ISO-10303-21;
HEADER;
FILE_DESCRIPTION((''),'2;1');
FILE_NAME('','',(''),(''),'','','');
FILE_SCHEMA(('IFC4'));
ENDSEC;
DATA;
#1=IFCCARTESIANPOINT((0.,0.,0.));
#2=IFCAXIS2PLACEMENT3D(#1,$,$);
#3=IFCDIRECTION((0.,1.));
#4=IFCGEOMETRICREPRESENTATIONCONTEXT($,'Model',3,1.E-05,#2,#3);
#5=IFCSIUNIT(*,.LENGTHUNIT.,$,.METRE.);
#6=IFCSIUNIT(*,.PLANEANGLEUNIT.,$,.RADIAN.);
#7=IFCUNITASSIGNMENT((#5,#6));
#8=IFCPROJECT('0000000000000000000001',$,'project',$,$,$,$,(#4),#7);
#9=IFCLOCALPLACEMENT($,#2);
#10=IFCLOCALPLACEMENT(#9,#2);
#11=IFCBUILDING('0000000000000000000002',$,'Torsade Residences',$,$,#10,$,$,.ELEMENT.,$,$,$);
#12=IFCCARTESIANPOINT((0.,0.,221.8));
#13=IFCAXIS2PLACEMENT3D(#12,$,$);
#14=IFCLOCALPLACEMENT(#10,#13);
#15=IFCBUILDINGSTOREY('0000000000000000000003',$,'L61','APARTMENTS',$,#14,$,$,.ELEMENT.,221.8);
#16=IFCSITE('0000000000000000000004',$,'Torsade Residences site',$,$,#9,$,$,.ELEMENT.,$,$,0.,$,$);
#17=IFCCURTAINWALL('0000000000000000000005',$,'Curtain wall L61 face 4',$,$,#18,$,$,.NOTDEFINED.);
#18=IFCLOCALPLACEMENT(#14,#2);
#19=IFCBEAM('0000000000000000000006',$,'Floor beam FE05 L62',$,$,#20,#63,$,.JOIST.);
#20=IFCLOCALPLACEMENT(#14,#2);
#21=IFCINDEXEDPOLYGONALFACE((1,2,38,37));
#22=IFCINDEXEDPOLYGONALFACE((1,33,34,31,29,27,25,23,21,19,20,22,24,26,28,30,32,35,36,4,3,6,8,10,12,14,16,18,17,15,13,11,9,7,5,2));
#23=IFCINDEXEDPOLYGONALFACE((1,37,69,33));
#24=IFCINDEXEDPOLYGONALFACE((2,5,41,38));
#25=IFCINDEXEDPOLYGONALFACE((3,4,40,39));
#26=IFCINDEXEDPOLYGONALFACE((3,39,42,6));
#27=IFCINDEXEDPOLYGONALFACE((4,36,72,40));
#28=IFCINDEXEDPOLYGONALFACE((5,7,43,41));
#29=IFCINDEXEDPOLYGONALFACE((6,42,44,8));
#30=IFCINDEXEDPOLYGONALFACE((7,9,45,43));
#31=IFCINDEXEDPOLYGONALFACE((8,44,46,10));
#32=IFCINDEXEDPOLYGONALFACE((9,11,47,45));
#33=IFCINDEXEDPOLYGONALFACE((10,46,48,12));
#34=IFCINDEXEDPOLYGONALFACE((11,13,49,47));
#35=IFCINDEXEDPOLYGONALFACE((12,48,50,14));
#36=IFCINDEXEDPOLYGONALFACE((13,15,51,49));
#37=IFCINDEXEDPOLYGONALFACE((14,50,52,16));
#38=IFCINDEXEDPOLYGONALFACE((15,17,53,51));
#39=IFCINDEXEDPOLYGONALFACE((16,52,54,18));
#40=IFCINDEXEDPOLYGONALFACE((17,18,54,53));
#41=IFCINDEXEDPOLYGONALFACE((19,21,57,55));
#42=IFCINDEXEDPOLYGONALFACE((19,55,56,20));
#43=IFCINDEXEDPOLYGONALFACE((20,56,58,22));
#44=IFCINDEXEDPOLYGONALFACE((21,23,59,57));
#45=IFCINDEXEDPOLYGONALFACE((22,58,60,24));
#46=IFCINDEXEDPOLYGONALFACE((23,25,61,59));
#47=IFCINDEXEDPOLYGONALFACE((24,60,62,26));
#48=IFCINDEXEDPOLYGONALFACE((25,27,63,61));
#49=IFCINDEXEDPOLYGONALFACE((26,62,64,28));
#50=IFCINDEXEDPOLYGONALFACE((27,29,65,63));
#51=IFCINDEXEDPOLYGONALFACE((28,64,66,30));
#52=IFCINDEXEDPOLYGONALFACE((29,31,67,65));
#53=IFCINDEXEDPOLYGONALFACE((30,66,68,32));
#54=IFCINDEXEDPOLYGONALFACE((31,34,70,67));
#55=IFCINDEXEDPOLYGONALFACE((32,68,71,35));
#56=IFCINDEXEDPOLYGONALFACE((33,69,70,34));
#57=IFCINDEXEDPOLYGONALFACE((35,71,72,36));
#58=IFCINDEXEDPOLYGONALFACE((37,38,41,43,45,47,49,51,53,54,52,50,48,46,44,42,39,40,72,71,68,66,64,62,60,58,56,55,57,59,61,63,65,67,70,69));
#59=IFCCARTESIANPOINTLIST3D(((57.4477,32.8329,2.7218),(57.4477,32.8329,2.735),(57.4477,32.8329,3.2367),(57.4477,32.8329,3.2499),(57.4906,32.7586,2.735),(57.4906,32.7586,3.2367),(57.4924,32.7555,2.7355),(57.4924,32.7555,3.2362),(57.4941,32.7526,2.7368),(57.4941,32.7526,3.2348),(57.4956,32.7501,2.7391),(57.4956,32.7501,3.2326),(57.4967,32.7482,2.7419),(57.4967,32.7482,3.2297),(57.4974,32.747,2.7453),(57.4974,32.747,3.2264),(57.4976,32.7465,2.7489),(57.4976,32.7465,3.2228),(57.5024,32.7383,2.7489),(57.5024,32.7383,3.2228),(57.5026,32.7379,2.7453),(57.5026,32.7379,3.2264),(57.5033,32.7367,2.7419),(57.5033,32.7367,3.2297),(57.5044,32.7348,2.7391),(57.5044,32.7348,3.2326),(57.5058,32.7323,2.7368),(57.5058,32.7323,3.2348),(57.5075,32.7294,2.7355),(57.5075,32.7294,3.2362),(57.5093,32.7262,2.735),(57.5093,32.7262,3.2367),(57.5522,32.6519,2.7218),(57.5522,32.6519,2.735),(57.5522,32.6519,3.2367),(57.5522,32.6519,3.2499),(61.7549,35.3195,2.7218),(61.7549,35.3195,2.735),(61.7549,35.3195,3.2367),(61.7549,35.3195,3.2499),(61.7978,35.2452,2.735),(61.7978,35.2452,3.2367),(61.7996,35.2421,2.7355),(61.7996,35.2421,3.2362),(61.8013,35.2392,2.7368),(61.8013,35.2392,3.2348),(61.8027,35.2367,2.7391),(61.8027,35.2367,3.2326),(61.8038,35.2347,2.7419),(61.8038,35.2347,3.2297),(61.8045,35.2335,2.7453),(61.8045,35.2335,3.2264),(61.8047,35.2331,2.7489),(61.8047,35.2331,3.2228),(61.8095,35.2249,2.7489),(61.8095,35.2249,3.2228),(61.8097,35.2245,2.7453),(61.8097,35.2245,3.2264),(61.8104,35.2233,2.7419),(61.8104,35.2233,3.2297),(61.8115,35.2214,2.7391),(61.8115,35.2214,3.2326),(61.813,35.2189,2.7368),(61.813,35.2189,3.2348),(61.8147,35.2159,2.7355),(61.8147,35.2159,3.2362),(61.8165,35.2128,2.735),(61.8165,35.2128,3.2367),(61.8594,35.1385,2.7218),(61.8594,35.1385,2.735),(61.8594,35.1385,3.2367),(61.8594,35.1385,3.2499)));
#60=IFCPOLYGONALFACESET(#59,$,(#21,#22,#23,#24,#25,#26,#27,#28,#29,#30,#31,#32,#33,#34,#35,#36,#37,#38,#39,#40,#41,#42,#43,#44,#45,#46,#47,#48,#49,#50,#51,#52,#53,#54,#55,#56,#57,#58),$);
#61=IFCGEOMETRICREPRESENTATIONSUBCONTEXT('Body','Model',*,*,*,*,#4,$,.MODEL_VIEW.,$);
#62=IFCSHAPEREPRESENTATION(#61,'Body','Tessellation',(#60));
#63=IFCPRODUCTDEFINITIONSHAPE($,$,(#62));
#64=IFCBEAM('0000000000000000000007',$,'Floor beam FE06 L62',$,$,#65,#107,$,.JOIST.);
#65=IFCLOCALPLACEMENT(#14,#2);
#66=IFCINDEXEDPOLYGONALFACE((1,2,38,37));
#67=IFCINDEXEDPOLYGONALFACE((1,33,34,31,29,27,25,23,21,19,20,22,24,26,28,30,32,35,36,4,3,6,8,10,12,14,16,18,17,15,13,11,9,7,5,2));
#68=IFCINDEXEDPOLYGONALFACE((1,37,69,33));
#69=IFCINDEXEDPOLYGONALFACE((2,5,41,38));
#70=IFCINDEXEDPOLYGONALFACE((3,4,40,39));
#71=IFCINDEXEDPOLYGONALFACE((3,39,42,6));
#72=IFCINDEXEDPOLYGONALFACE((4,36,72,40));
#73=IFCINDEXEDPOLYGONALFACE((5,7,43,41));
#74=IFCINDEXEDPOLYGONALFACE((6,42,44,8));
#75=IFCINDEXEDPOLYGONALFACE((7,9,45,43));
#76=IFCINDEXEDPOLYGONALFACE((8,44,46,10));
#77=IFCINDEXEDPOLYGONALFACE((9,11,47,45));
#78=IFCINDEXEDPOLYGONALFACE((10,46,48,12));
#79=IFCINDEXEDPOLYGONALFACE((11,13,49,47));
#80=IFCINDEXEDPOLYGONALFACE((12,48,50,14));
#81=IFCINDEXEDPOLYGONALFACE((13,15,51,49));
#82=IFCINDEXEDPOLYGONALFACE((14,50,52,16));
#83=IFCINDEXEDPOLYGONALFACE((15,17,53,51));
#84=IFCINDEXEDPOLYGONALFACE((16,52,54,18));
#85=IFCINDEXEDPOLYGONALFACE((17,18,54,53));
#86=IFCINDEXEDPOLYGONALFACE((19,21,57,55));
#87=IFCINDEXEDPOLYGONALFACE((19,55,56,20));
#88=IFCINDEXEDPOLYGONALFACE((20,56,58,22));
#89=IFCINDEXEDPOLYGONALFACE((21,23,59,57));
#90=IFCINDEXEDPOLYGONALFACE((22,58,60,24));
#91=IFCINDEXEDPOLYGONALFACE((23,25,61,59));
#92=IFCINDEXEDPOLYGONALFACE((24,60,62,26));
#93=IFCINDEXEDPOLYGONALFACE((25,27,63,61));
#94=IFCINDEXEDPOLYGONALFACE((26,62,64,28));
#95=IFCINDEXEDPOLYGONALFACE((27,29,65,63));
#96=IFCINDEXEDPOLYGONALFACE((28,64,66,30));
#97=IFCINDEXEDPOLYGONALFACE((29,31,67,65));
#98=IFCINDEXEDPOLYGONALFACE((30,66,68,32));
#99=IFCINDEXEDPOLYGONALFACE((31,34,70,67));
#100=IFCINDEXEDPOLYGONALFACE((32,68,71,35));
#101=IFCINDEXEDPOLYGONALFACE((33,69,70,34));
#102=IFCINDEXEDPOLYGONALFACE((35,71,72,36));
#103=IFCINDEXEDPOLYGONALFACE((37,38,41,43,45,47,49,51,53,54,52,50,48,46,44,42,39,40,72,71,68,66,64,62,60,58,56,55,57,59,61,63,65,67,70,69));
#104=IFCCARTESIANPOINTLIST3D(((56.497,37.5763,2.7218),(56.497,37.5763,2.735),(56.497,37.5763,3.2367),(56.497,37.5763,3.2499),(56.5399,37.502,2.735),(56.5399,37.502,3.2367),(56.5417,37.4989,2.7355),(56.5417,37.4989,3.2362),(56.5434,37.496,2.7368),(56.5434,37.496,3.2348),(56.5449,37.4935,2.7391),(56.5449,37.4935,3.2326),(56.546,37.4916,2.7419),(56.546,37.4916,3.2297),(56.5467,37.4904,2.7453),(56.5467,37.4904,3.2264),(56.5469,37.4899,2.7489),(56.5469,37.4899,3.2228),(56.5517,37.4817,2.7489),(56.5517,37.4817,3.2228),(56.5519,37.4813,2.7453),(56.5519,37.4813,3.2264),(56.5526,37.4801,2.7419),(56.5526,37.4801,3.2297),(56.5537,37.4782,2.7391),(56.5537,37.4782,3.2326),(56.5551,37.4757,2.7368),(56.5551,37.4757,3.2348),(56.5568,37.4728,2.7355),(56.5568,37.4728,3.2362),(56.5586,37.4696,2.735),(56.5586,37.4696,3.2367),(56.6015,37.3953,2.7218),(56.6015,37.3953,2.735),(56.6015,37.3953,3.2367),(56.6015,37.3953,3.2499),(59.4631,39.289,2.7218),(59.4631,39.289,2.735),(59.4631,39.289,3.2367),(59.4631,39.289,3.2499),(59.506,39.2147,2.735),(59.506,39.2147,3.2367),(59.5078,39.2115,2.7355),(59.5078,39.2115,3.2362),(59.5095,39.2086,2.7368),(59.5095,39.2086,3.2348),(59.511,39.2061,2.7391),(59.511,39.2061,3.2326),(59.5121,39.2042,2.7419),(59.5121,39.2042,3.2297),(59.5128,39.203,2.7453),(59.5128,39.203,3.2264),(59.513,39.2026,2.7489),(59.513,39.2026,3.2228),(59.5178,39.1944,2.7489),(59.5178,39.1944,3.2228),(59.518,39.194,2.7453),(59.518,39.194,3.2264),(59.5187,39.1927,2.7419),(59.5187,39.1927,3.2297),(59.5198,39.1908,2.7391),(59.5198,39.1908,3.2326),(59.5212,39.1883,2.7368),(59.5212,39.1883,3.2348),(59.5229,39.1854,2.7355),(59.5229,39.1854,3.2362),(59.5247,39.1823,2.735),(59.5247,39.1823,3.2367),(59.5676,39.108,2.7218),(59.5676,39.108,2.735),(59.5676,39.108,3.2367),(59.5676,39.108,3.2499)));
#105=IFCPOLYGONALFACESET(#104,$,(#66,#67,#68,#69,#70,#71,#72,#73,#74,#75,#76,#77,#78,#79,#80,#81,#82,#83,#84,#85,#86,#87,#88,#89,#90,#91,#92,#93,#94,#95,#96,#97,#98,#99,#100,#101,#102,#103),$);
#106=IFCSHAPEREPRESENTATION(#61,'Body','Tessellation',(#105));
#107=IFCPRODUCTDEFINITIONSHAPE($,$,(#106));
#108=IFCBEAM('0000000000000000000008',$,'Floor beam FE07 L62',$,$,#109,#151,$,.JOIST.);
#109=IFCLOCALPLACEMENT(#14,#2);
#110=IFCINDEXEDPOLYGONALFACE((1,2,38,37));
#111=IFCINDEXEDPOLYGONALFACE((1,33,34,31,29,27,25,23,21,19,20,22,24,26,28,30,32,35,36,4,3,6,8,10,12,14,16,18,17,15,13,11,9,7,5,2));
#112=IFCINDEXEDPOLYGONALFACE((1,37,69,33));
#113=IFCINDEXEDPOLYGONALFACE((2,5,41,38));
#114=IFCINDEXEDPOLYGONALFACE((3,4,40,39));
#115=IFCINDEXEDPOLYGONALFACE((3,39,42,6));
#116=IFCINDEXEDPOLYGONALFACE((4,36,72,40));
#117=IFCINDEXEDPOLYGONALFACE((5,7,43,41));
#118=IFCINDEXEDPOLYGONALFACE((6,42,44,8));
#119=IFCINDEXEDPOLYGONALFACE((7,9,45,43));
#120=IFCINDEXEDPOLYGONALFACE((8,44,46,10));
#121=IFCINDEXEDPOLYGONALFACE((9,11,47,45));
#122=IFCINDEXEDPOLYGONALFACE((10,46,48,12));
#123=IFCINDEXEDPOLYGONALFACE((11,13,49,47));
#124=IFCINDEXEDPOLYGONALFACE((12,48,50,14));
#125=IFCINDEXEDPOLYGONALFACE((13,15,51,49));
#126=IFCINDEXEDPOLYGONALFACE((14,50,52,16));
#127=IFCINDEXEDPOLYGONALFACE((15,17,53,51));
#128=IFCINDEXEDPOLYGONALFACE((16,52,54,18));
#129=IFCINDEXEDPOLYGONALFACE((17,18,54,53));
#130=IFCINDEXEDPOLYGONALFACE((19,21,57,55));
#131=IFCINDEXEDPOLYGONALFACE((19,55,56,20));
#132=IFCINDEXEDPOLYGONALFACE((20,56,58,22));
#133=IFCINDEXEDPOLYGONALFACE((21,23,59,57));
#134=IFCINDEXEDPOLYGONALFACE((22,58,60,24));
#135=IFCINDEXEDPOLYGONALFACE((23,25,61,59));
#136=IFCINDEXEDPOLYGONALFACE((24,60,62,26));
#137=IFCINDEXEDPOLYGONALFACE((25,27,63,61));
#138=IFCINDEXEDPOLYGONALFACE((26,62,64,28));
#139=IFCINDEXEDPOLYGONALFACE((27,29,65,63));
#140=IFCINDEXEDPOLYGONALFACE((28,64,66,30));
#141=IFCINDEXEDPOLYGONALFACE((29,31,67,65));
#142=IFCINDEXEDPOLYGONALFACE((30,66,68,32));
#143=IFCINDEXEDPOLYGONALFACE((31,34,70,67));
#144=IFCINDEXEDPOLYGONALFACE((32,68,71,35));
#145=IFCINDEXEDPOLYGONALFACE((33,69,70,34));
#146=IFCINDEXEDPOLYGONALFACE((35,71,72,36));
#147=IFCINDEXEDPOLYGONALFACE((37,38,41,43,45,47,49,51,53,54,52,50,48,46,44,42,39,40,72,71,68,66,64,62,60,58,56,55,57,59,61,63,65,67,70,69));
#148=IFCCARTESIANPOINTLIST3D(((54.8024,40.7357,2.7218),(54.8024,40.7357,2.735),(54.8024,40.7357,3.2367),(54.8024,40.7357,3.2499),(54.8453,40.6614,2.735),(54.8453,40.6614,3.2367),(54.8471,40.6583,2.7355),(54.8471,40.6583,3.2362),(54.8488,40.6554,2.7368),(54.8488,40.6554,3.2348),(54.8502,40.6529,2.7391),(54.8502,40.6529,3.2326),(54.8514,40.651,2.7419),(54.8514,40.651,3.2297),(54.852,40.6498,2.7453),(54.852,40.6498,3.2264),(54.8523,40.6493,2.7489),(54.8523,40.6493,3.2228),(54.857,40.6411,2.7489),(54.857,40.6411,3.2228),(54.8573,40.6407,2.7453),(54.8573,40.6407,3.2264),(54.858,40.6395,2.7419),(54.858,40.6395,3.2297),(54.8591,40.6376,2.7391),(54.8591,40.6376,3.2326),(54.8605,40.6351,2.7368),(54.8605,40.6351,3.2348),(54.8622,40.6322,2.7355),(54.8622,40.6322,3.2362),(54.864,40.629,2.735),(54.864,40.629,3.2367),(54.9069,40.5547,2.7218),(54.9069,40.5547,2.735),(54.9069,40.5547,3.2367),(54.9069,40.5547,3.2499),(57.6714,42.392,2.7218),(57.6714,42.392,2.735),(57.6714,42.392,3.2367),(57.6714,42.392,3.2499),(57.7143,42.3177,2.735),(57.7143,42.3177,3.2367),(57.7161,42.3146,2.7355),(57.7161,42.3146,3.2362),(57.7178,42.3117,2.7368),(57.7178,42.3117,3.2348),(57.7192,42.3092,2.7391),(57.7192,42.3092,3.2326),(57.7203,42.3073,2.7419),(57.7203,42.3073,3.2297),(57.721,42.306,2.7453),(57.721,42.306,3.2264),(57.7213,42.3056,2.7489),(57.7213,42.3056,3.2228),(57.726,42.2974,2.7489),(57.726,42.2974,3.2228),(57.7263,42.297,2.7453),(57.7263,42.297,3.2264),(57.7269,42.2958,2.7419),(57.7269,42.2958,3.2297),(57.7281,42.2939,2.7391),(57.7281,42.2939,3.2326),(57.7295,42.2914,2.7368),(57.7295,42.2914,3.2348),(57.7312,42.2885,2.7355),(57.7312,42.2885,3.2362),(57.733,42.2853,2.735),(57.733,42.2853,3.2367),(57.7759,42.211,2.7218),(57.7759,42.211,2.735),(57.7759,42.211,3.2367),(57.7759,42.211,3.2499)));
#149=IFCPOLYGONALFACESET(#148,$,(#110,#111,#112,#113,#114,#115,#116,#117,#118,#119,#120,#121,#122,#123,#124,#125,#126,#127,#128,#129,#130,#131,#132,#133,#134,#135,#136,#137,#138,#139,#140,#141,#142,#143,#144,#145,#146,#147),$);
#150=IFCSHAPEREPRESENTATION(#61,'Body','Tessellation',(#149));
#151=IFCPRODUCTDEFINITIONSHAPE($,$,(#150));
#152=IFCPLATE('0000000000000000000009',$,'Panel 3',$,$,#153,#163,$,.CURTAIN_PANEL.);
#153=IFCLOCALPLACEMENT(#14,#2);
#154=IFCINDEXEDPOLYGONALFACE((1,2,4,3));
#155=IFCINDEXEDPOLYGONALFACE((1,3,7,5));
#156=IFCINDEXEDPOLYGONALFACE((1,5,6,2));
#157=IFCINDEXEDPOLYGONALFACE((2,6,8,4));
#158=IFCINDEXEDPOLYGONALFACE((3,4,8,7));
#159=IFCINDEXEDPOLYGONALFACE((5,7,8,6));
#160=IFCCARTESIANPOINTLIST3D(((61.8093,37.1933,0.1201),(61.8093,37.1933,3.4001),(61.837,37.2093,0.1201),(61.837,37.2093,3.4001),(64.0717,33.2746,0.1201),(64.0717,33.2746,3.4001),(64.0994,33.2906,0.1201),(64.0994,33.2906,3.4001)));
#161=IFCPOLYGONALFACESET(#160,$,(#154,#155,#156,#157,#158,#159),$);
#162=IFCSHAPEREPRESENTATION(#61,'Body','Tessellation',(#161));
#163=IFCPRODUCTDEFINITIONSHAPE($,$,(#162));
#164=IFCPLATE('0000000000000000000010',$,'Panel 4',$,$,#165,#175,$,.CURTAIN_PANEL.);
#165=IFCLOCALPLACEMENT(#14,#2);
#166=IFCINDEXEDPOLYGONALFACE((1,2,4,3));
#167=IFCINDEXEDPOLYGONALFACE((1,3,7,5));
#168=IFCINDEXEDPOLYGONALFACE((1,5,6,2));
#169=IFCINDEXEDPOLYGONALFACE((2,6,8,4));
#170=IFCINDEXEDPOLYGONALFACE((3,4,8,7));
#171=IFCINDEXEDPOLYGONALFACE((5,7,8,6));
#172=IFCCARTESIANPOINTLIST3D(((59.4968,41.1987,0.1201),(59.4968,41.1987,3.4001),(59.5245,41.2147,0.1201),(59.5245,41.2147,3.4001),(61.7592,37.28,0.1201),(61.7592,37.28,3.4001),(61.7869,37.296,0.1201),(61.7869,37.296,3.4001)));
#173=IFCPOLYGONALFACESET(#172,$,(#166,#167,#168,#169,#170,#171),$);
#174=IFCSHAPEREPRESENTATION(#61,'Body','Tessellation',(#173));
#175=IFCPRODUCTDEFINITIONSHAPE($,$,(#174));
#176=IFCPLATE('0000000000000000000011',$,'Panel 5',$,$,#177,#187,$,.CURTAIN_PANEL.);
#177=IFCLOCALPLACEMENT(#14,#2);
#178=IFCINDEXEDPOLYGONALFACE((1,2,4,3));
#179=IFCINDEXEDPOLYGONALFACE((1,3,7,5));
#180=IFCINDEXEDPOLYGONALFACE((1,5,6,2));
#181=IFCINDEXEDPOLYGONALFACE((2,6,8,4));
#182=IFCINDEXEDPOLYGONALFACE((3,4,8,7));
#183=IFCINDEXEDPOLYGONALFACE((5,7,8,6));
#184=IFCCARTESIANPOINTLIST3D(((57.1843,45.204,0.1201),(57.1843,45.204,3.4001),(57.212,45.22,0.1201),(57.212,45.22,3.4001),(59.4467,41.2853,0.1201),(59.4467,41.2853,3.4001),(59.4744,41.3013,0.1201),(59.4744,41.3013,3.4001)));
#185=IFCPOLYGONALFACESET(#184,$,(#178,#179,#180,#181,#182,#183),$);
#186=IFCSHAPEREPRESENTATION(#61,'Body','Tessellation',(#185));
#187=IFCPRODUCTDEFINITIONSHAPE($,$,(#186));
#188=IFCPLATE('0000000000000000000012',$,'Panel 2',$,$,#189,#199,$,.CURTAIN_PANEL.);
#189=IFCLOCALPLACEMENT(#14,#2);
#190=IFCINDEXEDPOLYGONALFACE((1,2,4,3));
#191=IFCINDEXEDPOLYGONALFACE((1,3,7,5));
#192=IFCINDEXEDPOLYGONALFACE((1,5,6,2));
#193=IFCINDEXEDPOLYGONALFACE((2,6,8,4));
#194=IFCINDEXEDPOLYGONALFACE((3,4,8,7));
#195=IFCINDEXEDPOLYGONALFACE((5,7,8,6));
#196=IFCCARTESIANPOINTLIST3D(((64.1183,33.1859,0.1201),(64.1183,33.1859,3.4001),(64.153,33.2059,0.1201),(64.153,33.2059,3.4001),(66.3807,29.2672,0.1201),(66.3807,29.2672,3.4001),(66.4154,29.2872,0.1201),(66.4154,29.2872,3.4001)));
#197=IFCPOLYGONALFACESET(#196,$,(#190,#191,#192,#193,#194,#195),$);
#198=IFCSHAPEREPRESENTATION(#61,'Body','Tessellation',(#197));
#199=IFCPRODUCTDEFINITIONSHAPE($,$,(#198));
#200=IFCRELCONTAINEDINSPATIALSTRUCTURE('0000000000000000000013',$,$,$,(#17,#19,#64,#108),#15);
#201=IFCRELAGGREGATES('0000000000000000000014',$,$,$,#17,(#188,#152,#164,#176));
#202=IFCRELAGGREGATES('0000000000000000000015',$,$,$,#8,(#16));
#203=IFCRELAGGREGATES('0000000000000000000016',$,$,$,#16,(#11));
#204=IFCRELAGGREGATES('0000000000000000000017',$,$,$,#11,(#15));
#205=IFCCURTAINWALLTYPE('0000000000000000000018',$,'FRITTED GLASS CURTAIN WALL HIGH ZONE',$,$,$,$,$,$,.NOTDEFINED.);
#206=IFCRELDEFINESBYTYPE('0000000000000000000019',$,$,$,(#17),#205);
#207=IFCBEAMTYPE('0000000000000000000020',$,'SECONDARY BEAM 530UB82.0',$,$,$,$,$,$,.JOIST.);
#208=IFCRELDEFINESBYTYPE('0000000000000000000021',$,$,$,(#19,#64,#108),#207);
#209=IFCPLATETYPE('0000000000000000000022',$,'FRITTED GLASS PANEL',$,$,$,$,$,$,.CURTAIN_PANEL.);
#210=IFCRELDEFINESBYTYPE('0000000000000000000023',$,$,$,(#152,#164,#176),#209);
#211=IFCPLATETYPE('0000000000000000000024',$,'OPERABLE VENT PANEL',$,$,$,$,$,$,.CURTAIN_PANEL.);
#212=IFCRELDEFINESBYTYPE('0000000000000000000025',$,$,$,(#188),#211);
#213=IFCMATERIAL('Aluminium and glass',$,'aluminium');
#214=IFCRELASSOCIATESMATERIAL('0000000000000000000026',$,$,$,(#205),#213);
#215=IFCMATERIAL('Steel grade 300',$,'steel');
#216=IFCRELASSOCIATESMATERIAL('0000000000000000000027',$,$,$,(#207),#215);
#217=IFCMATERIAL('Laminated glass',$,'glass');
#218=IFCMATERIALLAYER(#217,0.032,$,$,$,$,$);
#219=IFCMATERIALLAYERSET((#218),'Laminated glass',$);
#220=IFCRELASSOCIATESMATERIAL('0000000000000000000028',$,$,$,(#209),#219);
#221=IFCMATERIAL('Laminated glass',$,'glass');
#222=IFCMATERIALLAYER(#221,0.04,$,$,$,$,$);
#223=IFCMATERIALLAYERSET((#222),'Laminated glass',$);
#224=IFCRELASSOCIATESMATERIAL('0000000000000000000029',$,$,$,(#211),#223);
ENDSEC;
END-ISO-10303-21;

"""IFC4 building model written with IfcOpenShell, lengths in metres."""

from ifc_helpers import new_model, si_unit, direction, frame, origin, origin_2d, place, context, subcontext, project, spatial, rectangle, i_section, extrude, material, layer, layer_set, material_profile, profile_set, type_object, element, aggregate, save


model = new_model("IFC4")

# Units and contexts
model_context = context("Model", 3, precision=1e-05, world=origin(), true_north=direction((0.0, 1.0)))
body_context = subcontext(model_context, "Body", "Model", "MODEL_VIEW")
ifc_project = project(units=[si_unit("LENGTHUNIT", "METRE"), si_unit("PLANEANGLEUNIT", "RADIAN")], contexts=[model_context])

# Site, building, storey
site_placement = place(None, origin())
site = spatial("IfcSite", under=ifc_project, at=site_placement, Name="Torsade Residences site", CompositionType="ELEMENT", RefElevation=0.0)
building_placement = place(site_placement, origin())
building = spatial("IfcBuilding", under=site, at=building_placement, Name="Torsade Residences", CompositionType="ELEMENT")
storey_placement = place(building_placement, frame((0.0, 0.0, 221.8)))
storey = spatial("IfcBuildingStorey", under=building, at=storey_placement, Name="L61", Description="APARTMENTS", CompositionType="ELEMENT", Elevation=221.8)

# Curtain wall
ifc_material_1 = material(Name="Aluminium and glass", Category="aluminium")
curtain_wall_type = type_object("IfcCurtainWallType", Name="FRITTED GLASS CURTAIN WALL HIGH ZONE", PredefinedType="NOTDEFINED", material=ifc_material_1)
curtain_wall_placement = place(storey_placement, origin())
curtain_wall = element("IfcCurtainWall", 1, at=curtain_wall_placement, inside=storey, type_object=curtain_wall_type, Name="Curtain wall L61 face 4", PredefinedType="NOTDEFINED")

# Beams
ifc_material_2 = material(Name="Steel grade 300", Category="steel")
ifc_material_profile_1 = material_profile(ifc_material_2, i_section(OverallWidth=0.209, OverallDepth=0.5281, WebThickness=0.0095, FlangeThickness=0.0132, FilletRadius=0.0139, at=origin_2d()), Name="530UB82.0")
ifc_profile_set_1 = profile_set([ifc_material_profile_1], Name="Steel grade 300")
beam_type_1 = type_object("IfcBeamType", Name="SECONDARY BEAM 530UB82.0", PredefinedType="JOIST", material=ifc_profile_set_1)
beam_1_placement = place(storey_placement, frame((61.8071, 35.229, 2.9858), z_axis=(-0.866038, -0.499977, 0.0), x_axis=(0.499977, -0.866038, 0.0)))
element("IfcBeam", 2, at=beam_1_placement, inside=storey, type_object=beam_type_1, Name="Floor beam FE05 L62", PredefinedType="JOIST", context=body_context, shape_type="SweptSolid", body=[
    extrude(i_section(OverallWidth=0.209, OverallDepth=0.5281, WebThickness=0.0095, FlangeThickness=0.0132, FilletRadius=0.0139, at=origin_2d()), origin(), (0.0, 0.0, 1.0), 4.9734),
])
beam_2_placement = place(storey_placement, frame((59.5154, 39.1985, 2.9858), z_axis=(-0.866002, -0.500041, 0.0), x_axis=(0.500041, -0.866002, 0.0)))
element("IfcBeam", 3, at=beam_2_placement, inside=storey, type_object=beam_type_1, Name="Floor beam FE06 L62", PredefinedType="JOIST", context=body_context, shape_type="SweptSolid", body=[
    extrude(i_section(OverallWidth=0.209, OverallDepth=0.5281, WebThickness=0.0095, FlangeThickness=0.0132, FilletRadius=0.0139, at=origin_2d()), origin(), (0.0, 0.0, 1.0), 3.425),
])
beam_3_placement = place(storey_placement, frame((57.7236, 42.3015, 2.9858), z_axis=(-0.86604, -0.499976, 0.0), x_axis=(0.499976, -0.86604, 0.0)))
element("IfcBeam", 4, at=beam_3_placement, inside=storey, type_object=beam_type_1, Name="Floor beam FE07 L62", PredefinedType="JOIST", context=body_context, shape_type="SweptSolid", body=[
    extrude(i_section(OverallWidth=0.209, OverallDepth=0.5281, WebThickness=0.0095, FlangeThickness=0.0132, FilletRadius=0.0139, at=origin_2d()), origin(), (0.0, 0.0, 1.0), 3.3127),
])

# Plates
ifc_material_3 = material(Name="Laminated glass", Category="glass")
ifc_layer_1 = layer(ifc_material_3, 0.032)
ifc_layer_set_1 = layer_set([ifc_layer_1], Name="Laminated glass")
plate_type_1 = type_object("IfcPlateType", Name="FRITTED GLASS PANEL", PredefinedType="CURTAIN_PANEL", material=ifc_layer_set_1)
plate_1_placement = place(storey_placement, frame((62.9543, 35.2419, 0.1201), z_axis=(0.0, 0.0, 1.0), x_axis=(-0.5, 0.866025, 0.0)))
plate_1 = element("IfcPlate", 5, at=plate_1_placement, type_object=plate_type_1, Name="Panel 3", PredefinedType="CURTAIN_PANEL", context=body_context, shape_type="SweptSolid", body=[
    extrude(rectangle(XDim=4.5249, YDim=0.032, at=origin_2d()), origin(), (0.0, 0.0, 1.0), 3.28),
])
plate_2_placement = place(storey_placement, frame((60.6418, 39.2473, 0.1201), z_axis=(0.0, 0.0, 1.0), x_axis=(-0.5, 0.866025, 0.0)))
plate_2 = element("IfcPlate", 6, at=plate_2_placement, type_object=plate_type_1, Name="Panel 4", PredefinedType="CURTAIN_PANEL", context=body_context, shape_type="SweptSolid", body=[
    extrude(rectangle(XDim=4.5249, YDim=0.032, at=origin_2d()), origin(), (0.0, 0.0, 1.0), 3.28),
])
plate_3_placement = place(storey_placement, frame((58.3293, 43.2527, 0.1201), z_axis=(0.0, 0.0, 1.0), x_axis=(-0.5, 0.866025, 0.0)))
plate_3 = element("IfcPlate", 7, at=plate_3_placement, type_object=plate_type_1, Name="Panel 5", PredefinedType="CURTAIN_PANEL", context=body_context, shape_type="SweptSolid", body=[
    extrude(rectangle(XDim=4.5249, YDim=0.032, at=origin_2d()), origin(), (0.0, 0.0, 1.0), 3.28),
])
ifc_material_4 = material(Name="Laminated glass", Category="glass")
ifc_layer_2 = layer(ifc_material_4, 0.04)
ifc_layer_set_2 = layer_set([ifc_layer_2], Name="Laminated glass")
plate_type_2 = type_object("IfcPlateType", Name="OPERABLE VENT PANEL", PredefinedType="CURTAIN_PANEL", material=ifc_layer_set_2)
plate_4_placement = place(storey_placement, frame((65.2668, 31.2366, 0.1201), z_axis=(0.0, 0.0, 1.0), x_axis=(-0.5, 0.866025, 0.0)))
plate_4 = element("IfcPlate", 8, at=plate_4_placement, type_object=plate_type_2, Name="Panel 2", PredefinedType="CURTAIN_PANEL", context=body_context, shape_type="SweptSolid", body=[
    extrude(rectangle(XDim=4.5249, YDim=0.04, at=origin_2d()), origin(), (0.0, 0.0, 1.0), 3.28),
])
aggregate(curtain_wall, [plate_4, plate_1, plate_2, plate_3])

save(model, "model.ifc")
